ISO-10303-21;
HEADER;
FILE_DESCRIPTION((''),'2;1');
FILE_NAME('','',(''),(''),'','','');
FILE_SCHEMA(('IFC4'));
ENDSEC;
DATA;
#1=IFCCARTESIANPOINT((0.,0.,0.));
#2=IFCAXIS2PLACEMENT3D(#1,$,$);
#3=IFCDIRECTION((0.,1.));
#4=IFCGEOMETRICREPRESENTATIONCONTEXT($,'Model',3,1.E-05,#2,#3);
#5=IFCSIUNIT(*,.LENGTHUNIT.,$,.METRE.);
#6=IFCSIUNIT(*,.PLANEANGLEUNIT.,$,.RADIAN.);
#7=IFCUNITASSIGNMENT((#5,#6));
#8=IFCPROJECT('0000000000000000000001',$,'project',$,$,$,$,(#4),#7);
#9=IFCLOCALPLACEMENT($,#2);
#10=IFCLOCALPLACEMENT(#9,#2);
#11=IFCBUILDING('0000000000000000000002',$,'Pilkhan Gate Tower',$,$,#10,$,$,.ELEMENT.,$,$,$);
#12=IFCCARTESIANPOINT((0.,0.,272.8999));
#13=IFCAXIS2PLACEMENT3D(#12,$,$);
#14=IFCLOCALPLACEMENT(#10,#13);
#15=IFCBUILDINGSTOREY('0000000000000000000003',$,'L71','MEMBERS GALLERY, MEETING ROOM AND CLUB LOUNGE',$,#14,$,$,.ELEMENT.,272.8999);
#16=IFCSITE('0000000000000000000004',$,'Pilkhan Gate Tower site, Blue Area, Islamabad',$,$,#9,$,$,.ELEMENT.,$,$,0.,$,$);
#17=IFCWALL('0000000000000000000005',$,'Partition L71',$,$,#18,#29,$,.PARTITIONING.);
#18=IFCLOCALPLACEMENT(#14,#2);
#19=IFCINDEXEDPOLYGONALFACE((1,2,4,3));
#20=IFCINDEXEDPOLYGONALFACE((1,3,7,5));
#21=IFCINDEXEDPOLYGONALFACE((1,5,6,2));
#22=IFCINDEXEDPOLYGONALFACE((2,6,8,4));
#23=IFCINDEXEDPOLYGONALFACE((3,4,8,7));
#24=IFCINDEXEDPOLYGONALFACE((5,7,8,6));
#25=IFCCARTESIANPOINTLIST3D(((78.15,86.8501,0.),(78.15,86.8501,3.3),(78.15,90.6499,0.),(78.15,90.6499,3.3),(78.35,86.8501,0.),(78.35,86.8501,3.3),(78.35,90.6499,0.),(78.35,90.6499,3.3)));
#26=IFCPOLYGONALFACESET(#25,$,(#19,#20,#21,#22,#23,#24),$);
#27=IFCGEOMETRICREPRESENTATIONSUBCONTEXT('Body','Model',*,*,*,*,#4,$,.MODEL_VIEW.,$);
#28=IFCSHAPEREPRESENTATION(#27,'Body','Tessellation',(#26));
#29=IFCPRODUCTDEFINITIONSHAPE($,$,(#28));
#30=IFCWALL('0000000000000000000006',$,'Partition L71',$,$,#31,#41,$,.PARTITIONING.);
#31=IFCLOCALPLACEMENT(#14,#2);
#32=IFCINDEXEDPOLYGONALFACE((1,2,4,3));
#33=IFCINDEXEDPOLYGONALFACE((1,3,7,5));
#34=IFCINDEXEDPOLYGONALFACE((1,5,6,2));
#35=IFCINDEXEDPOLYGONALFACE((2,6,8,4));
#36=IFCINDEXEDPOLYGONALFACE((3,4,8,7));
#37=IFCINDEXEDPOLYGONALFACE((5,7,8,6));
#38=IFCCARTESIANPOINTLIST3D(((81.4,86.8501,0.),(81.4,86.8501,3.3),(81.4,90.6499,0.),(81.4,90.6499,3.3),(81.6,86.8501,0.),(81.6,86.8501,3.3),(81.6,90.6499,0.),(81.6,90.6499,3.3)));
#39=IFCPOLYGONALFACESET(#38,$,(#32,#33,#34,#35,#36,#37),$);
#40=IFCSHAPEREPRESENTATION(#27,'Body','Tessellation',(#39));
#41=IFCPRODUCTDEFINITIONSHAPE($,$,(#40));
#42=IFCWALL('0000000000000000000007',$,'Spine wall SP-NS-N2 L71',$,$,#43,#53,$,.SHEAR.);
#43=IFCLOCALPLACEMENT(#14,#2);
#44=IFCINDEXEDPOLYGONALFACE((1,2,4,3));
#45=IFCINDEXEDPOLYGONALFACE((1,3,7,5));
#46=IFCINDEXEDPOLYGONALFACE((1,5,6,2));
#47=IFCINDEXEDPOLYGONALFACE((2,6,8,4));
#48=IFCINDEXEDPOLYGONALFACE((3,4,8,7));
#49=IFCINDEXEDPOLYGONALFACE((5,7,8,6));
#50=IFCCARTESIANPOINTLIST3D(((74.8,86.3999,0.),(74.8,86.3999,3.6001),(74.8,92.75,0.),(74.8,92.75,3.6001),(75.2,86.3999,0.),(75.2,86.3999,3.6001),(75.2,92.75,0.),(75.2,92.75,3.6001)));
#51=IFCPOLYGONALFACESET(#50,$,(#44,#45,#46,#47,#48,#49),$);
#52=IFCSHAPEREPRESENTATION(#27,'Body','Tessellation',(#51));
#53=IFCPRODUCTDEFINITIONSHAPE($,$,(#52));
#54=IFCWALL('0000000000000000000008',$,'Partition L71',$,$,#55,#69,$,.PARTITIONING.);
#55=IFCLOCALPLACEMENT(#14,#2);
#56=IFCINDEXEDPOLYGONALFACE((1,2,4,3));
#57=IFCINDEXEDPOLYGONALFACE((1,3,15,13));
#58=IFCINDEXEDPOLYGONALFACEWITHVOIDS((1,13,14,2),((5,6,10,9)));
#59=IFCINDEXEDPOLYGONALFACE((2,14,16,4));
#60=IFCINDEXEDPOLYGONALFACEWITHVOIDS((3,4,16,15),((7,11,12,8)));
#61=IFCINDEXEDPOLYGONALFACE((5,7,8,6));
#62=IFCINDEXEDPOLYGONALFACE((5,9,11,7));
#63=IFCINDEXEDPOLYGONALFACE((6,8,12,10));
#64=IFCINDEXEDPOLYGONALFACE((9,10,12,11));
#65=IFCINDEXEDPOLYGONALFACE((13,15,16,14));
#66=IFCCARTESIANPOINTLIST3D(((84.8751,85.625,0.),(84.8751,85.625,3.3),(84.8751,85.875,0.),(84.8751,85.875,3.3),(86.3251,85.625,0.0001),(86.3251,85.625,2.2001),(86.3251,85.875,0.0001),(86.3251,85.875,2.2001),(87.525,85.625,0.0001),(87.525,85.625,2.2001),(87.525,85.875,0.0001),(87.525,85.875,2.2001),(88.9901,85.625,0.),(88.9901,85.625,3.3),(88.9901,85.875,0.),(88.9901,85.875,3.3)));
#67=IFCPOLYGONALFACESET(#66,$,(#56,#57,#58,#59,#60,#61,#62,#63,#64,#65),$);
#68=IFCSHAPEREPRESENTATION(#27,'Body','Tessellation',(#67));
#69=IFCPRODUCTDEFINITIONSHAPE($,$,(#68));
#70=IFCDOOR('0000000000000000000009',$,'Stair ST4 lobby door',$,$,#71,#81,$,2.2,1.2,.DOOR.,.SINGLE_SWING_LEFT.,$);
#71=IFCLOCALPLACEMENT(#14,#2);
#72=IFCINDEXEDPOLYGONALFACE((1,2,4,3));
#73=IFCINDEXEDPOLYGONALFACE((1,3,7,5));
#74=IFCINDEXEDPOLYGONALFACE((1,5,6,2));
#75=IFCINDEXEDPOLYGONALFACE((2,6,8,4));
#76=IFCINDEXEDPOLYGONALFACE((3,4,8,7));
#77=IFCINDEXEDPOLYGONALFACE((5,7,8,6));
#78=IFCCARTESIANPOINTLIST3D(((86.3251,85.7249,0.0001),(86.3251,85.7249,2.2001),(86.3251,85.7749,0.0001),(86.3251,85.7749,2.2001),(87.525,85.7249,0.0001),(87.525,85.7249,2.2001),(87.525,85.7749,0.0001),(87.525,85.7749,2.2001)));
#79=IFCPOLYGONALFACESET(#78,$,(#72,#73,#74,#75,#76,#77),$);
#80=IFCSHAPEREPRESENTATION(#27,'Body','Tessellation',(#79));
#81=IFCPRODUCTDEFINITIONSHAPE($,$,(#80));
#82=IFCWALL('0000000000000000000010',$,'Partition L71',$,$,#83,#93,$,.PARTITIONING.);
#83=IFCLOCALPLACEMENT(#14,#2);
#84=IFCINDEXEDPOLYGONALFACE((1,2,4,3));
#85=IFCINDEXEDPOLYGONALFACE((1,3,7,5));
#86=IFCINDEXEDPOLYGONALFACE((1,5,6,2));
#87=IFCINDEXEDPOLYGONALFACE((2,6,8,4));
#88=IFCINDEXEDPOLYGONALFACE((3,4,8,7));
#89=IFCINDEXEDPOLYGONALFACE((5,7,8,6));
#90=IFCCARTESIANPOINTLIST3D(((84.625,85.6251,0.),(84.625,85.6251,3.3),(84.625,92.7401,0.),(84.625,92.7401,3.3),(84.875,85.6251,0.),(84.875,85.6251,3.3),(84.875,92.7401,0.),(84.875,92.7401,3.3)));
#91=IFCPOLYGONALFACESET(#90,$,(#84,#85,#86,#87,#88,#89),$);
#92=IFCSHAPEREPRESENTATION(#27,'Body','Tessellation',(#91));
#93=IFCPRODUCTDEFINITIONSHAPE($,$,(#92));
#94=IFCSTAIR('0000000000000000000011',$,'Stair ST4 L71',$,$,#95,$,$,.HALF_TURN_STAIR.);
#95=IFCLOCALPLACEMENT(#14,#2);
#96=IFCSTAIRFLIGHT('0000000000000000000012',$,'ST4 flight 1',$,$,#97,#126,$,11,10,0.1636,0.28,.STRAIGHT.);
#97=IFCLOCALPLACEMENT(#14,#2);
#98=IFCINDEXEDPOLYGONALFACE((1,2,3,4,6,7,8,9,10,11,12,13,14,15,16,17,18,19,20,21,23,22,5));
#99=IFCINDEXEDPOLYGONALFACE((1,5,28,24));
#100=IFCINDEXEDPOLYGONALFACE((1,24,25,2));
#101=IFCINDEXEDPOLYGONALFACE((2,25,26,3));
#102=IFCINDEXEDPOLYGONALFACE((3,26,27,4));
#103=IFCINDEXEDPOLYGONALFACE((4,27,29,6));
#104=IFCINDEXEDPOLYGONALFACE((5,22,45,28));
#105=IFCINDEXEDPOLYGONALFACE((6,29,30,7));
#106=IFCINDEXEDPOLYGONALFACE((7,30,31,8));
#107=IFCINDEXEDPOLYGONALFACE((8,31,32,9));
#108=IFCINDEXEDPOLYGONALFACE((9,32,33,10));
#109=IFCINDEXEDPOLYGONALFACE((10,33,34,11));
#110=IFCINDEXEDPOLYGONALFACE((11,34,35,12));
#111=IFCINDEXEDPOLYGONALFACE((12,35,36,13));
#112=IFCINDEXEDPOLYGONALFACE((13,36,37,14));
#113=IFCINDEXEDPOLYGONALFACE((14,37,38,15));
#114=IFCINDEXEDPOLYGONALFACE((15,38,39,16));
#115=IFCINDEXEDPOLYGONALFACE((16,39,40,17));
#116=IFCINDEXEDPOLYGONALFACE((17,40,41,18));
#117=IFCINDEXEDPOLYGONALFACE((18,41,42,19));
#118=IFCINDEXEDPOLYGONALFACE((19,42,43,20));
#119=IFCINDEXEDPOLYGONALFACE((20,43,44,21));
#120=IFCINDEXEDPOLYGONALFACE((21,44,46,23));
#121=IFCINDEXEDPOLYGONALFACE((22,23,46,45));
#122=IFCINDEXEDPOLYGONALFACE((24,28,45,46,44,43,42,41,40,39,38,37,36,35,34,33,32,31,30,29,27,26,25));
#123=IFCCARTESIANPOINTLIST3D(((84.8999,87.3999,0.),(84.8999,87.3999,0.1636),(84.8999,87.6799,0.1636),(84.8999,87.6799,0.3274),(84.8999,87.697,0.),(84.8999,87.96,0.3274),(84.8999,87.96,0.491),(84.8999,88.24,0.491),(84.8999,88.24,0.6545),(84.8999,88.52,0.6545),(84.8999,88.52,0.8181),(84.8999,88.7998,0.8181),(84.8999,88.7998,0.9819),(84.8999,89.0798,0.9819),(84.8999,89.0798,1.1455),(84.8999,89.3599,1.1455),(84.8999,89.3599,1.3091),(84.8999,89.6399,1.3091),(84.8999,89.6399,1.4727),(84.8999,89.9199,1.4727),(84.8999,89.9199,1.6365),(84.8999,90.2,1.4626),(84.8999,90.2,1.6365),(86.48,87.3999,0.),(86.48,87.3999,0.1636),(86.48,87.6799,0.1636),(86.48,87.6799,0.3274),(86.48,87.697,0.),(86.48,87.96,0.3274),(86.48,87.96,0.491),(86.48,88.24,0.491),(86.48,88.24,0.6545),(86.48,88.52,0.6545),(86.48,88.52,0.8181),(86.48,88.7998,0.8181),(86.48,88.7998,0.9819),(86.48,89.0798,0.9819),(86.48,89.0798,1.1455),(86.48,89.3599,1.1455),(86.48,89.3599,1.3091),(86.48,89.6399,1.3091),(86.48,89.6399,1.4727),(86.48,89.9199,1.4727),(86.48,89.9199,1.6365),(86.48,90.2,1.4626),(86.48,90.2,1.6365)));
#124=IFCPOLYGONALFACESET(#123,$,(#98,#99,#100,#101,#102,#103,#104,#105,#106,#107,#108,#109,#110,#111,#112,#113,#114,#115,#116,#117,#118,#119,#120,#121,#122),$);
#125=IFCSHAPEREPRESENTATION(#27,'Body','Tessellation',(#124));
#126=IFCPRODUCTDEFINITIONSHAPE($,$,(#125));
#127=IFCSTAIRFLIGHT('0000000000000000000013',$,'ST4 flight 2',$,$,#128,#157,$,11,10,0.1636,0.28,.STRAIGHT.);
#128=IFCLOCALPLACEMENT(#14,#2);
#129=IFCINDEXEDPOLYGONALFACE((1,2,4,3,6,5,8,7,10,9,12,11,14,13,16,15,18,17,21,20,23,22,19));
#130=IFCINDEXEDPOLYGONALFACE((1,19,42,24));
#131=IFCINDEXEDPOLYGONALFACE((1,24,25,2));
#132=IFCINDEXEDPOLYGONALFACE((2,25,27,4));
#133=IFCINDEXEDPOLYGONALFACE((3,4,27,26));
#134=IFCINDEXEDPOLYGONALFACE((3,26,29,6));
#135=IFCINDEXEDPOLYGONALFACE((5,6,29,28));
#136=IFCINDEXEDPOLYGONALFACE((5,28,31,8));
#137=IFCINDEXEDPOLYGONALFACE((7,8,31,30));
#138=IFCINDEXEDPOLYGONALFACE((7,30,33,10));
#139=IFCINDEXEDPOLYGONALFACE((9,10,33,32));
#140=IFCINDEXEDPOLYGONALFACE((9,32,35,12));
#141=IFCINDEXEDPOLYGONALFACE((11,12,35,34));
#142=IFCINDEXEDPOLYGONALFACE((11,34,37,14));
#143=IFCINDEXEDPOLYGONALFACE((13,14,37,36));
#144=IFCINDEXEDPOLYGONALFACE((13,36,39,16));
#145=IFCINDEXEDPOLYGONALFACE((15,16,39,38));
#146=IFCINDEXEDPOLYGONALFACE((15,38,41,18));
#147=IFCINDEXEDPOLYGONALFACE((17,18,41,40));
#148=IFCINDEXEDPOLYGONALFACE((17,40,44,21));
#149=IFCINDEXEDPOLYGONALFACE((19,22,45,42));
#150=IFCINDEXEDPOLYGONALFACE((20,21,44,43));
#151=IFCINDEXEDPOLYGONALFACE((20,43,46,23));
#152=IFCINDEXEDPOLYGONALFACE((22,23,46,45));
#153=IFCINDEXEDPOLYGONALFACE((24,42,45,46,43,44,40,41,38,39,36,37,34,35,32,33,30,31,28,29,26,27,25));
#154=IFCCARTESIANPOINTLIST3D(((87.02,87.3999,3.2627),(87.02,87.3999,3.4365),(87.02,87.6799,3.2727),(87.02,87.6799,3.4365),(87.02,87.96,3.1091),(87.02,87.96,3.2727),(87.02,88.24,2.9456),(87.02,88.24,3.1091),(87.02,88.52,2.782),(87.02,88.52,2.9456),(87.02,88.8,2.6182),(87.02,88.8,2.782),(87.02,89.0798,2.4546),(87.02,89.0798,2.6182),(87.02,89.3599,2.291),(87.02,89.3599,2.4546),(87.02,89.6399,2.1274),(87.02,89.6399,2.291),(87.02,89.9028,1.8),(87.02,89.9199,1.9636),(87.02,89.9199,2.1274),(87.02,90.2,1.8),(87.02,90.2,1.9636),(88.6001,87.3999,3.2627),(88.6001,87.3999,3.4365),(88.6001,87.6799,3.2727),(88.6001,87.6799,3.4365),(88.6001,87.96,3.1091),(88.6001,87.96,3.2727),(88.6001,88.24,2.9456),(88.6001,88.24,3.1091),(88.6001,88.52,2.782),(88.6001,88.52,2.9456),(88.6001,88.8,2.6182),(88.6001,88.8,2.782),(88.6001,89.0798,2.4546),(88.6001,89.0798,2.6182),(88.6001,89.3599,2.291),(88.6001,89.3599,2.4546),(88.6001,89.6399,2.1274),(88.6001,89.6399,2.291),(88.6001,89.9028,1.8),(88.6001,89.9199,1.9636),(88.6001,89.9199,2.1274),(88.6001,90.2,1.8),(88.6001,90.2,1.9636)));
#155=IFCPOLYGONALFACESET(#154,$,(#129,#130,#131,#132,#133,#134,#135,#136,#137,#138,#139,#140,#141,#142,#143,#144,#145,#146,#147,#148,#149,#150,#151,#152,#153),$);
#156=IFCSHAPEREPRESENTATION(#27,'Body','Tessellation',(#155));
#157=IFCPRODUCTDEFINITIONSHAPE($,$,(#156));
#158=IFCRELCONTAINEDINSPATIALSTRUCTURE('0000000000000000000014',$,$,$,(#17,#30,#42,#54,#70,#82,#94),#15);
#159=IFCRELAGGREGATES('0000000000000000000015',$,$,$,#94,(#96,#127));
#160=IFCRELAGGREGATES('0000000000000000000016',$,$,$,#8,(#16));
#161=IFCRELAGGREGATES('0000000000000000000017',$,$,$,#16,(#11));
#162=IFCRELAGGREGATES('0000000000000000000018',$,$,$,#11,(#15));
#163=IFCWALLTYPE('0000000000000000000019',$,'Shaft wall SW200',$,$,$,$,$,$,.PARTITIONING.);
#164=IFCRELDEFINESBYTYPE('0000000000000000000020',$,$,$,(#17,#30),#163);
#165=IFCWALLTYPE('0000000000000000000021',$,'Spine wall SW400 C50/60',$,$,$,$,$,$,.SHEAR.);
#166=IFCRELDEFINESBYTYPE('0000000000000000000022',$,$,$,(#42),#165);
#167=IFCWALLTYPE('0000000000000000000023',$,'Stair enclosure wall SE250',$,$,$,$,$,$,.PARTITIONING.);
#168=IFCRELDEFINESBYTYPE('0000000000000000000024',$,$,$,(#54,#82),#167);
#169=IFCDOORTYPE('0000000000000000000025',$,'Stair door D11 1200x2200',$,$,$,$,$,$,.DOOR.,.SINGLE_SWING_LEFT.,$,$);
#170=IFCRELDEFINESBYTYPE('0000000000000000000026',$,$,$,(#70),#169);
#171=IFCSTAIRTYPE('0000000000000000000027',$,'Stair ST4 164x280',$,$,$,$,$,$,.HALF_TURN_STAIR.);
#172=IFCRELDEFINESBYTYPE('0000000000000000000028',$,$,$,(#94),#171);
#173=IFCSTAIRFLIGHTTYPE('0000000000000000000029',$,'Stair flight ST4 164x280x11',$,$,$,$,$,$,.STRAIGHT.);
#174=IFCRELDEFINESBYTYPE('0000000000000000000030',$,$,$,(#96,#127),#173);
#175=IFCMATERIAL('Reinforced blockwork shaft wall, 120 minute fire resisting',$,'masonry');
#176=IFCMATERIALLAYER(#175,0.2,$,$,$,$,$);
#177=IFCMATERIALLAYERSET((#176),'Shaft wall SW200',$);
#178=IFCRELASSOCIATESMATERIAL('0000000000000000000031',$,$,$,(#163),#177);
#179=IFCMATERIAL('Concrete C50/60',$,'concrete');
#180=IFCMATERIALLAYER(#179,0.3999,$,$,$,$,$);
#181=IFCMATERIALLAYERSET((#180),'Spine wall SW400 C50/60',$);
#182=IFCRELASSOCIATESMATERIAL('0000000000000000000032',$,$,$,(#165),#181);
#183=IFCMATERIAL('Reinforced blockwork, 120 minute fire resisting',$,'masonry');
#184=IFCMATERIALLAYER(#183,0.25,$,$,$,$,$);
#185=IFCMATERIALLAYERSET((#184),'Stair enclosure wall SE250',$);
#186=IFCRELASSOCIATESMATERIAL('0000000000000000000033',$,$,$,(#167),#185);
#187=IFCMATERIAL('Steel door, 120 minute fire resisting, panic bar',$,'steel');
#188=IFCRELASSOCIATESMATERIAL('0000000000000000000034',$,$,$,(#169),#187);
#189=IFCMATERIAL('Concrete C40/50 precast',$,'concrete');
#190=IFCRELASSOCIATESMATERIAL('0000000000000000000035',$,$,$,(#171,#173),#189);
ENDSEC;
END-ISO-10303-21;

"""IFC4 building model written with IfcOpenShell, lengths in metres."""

from ifc_helpers import new_model, si_unit, direction, frame, frame_2d, origin, place, context, subcontext, project, spatial, polyline, rectangle, outline, extrude, material, layer, layer_set, type_object, element, fill, aggregate, save


model = new_model("IFC4")

# Units and contexts
model_context = context("Model", 3, precision=1e-05, world=origin(), true_north=direction((0.0, 1.0)))
body_context = subcontext(model_context, "Body", "Model", "MODEL_VIEW")
ifc_project = project(units=[si_unit("LENGTHUNIT", "METRE"), si_unit("PLANEANGLEUNIT", "RADIAN")], contexts=[model_context])

# Site, building, storey
site_placement = place(None, origin())
site = spatial("IfcSite", under=ifc_project, at=site_placement, Name="Pilkhan Gate Tower site, Blue Area, Islamabad", CompositionType="ELEMENT", RefElevation=0.0)
building_placement = place(site_placement, origin())
building = spatial("IfcBuilding", under=site, at=building_placement, Name="Pilkhan Gate Tower", CompositionType="ELEMENT")
storey_placement = place(building_placement, frame((0.0, 0.0, 272.8999)))
storey = spatial("IfcBuildingStorey", under=building, at=storey_placement, Name="L71", Description="MEMBERS GALLERY, MEETING ROOM AND CLUB LOUNGE", CompositionType="ELEMENT", Elevation=272.8999)

# Shared definitions
ifc_material_1 = material(Name="Reinforced blockwork shaft wall, 120 minute fire resisting", Category="masonry")
ifc_layer_1 = layer(ifc_material_1, 0.2)
ifc_layer_set_1 = layer_set([ifc_layer_1], Name="Shaft wall SW200")
wall_type_1 = type_object("IfcWallType", Name="Shaft wall SW200", PredefinedType="PARTITIONING", material=ifc_layer_set_1)

# Walls
for number, where, z_axis, x_axis, name in (
    (1, (78.25, 86.8501, 0.0), (0.0, 0.0, 1.0), (0.0, 1.0, 0.0), "Partition L71"),
    (2, (81.5, 86.8501, 0.0), (0.0, 0.0, 1.0), (0.0, 1.0, 0.0), "Partition L71"),
):
    element("IfcWall", number, at=place(storey_placement, frame(where, z_axis=z_axis, x_axis=x_axis)), inside=storey, type_object=wall_type_1, Name=name, PredefinedType="PARTITIONING", context=body_context, shape_type="SweptSolid", body=[
        extrude(rectangle(XDim=3.7998, YDim=0.2, at=frame_2d((1.8999, 0.0))), origin(), (0.0, 0.0, 1.0), 3.3),
    ])
ifc_material_2 = material(Name="Concrete C50/60", Category="concrete")
ifc_layer_2 = layer(ifc_material_2, 0.3999)
ifc_layer_set_2 = layer_set([ifc_layer_2], Name="Spine wall SW400 C50/60")
wall_type_2 = type_object("IfcWallType", Name="Spine wall SW400 C50/60", PredefinedType="SHEAR", material=ifc_layer_set_2)
wall_1_placement = place(storey_placement, frame((75.0, 86.3999, 0.0), z_axis=(0.0, 0.0, 1.0), x_axis=(0.0, 1.0, 0.0)))
element("IfcWall", 3, at=wall_1_placement, inside=storey, type_object=wall_type_2, Name="Spine wall SP-NS-N2 L71", PredefinedType="SHEAR", context=body_context, shape_type="SweptSolid", body=[
    extrude(rectangle(XDim=6.3501, YDim=0.3999, at=frame_2d((3.175, 0.0))), origin(), (0.0, 0.0, 1.0), 3.6001),
])

# Wall, opening, door
ifc_material_3 = material(Name="Reinforced blockwork, 120 minute fire resisting", Category="masonry")
ifc_layer_3 = layer(ifc_material_3, 0.25)
ifc_layer_set_3 = layer_set([ifc_layer_3], Name="Stair enclosure wall SE250")
wall_type_3 = type_object("IfcWallType", Name="Stair enclosure wall SE250", PredefinedType="PARTITIONING", material=ifc_layer_set_3)
wall_2_placement = place(storey_placement, frame((84.875, 85.75, 0.0), z_axis=(0.0, 0.0, 1.0), x_axis=(1.0, 0.0, 0.0)))
wall_2 = element("IfcWall", 4, at=wall_2_placement, inside=storey, type_object=wall_type_3, Name="Partition L71", PredefinedType="PARTITIONING", context=body_context, shape_type="SweptSolid", body=[
    extrude(rectangle(XDim=4.115, YDim=0.25, at=frame_2d((2.0576, 0.0))), origin(), (0.0, 0.0, 1.0), 3.3),
])
opening_1_placement = place(wall_2_placement, frame((1.45, 0.0, 0.0)))
opening_1 = element("IfcOpeningElement", 5, at=opening_1_placement, cuts=wall_2, PredefinedType="OPENING", context=body_context, shape_type="SweptSolid", body=[
    extrude(rectangle(XDim=1.2, YDim=2.2, at=frame_2d((0.6001, 1.1001))), frame((0.0, 0.135, 0.0), z_axis=(0.0, -1.0, 0.0), x_axis=(1.0, 0.0, 0.0)), (0.0, 0.0, 1.0), 0.27),
])
ifc_material_4 = material(Name="Steel door, 120 minute fire resisting, panic bar", Category="steel")
door_type_1 = type_object("IfcDoorType", Name="Stair door D11 1200x2200", OperationType="SINGLE_SWING_LEFT", PredefinedType="DOOR", material=ifc_material_4)
door_1_placement = place(opening_1_placement, origin())
door_1 = element("IfcDoor", 6, at=door_1_placement, inside=storey, type_object=door_type_1, Name="Stair ST4 lobby door", OperationType="SINGLE_SWING_LEFT", OverallHeight=2.2, OverallWidth=1.2, PredefinedType="DOOR", context=body_context, shape_type="SweptSolid", body=[
    extrude(rectangle(XDim=1.2, YDim=2.2, at=frame_2d((0.6001, 1.1001))), frame((0.0, 0.0249, 0.0), z_axis=(0.0, -1.0, 0.0), x_axis=(1.0, 0.0, 0.0)), (0.0, 0.0, 1.0), 0.05),
])
fill(opening_1, door_1)

# Wall
wall_3_placement = place(storey_placement, frame((84.75, 85.625, 0.0), z_axis=(0.0, 0.0, 1.0), x_axis=(0.0, 1.0, 0.0)))
element("IfcWall", 7, at=wall_3_placement, inside=storey, type_object=wall_type_3, Name="Partition L71", PredefinedType="PARTITIONING", context=body_context, shape_type="SweptSolid", body=[
    extrude(rectangle(XDim=7.115, YDim=0.25, at=frame_2d((3.5576, 0.0))), origin(), (0.0, 0.0, 1.0), 3.3),
])

# Stair, stair flights
ifc_material_5 = material(Name="Concrete C40/50 precast", Category="concrete")
stair_type = type_object("IfcStairType", Name="Stair ST4 164x280", PredefinedType="HALF_TURN_STAIR", material=ifc_material_5)
stair_placement = place(storey_placement, origin())
stair = element("IfcStair", 8, at=stair_placement, inside=storey, type_object=stair_type, Name="Stair ST4 L71", PredefinedType="HALF_TURN_STAIR")
stair_flight_type = type_object("IfcStairFlightType", Name="Stair flight ST4 164x280x11", PredefinedType="STRAIGHT", material=ifc_material_5)
stair_flight_1_placement = place(storey_placement, frame((85.6899, 87.3999, 0.0), z_axis=(0.0, 0.0, 1.0), x_axis=(0.0, 1.0, 0.0)))
stair_flight_1 = element("IfcStairFlight", 9, at=stair_flight_1_placement, type_object=stair_flight_type, Name="ST4 flight 1", NumberOfRisers=11, NumberOfTreads=10, PredefinedType="STRAIGHT", RiserHeight=0.1636, TreadLength=0.28, context=body_context, shape_type="SweptSolid", body=[
    extrude(outline(polyline([(0.0, 0.0), (0.0, 0.1636), (0.28, 0.1636), (0.28, 0.3274), (0.5601, 0.3274), (0.5601, 0.491), (0.8401, 0.491), (0.8401, 0.6545), (1.1201, 0.6545), (1.1201, 0.8181), (1.3999, 0.8181), (1.3999, 0.9819), (1.6799, 0.9819), (1.6799, 1.1455), (1.96, 1.1455), (1.96, 1.3091), (2.24, 1.3091), (2.24, 1.4727), (2.52, 1.4727), (2.52, 1.6365), (2.8, 1.6365), (2.8, 1.8), (2.8, 1.4626), (0.2971, 0.0), (0.0, 0.0)])), frame((0.0, 0.79, 0.0), z_axis=(0.0, -1.0, 0.0), x_axis=(1.0, 0.0, 0.0)), (0.0, 0.0, 1.0), 1.5801),
])
stair_flight_2_placement = place(storey_placement, frame((87.8101, 90.2, 1.8), z_axis=(0.0, 0.0, 1.0), x_axis=(0.0, -1.0, 0.0)))
stair_flight_2 = element("IfcStairFlight", 10, at=stair_flight_2_placement, type_object=stair_flight_type, Name="ST4 flight 2", NumberOfRisers=11, NumberOfTreads=10, PredefinedType="STRAIGHT", RiserHeight=0.1636, TreadLength=0.28, context=body_context, shape_type="SweptSolid", body=[
    extrude(outline(polyline([(0.0, 0.0), (0.0, 0.1636), (0.28, 0.1636), (0.28, 0.3274), (0.5601, 0.3274), (0.5601, 0.491), (0.8401, 0.491), (0.8401, 0.6545), (1.1201, 0.6545), (1.1201, 0.8181), (1.3999, 0.8181), (1.3999, 0.9819), (1.6799, 0.9819), (1.6799, 1.1455), (1.96, 1.1455), (1.96, 1.3091), (2.24, 1.3091), (2.24, 1.4727), (2.52, 1.4727), (2.52, 1.6365), (2.8, 1.6365), (2.8, 1.8), (2.8, 1.4626), (0.2971, 0.0), (0.0, 0.0)])), frame((0.0, 0.79, 0.0), z_axis=(0.0, -1.0, 0.0), x_axis=(1.0, 0.0, 0.0)), (0.0, 0.0, 1.0), 1.5801),
])
aggregate(stair, [stair_flight_1, stair_flight_2])

save(model, "model.ifc")
